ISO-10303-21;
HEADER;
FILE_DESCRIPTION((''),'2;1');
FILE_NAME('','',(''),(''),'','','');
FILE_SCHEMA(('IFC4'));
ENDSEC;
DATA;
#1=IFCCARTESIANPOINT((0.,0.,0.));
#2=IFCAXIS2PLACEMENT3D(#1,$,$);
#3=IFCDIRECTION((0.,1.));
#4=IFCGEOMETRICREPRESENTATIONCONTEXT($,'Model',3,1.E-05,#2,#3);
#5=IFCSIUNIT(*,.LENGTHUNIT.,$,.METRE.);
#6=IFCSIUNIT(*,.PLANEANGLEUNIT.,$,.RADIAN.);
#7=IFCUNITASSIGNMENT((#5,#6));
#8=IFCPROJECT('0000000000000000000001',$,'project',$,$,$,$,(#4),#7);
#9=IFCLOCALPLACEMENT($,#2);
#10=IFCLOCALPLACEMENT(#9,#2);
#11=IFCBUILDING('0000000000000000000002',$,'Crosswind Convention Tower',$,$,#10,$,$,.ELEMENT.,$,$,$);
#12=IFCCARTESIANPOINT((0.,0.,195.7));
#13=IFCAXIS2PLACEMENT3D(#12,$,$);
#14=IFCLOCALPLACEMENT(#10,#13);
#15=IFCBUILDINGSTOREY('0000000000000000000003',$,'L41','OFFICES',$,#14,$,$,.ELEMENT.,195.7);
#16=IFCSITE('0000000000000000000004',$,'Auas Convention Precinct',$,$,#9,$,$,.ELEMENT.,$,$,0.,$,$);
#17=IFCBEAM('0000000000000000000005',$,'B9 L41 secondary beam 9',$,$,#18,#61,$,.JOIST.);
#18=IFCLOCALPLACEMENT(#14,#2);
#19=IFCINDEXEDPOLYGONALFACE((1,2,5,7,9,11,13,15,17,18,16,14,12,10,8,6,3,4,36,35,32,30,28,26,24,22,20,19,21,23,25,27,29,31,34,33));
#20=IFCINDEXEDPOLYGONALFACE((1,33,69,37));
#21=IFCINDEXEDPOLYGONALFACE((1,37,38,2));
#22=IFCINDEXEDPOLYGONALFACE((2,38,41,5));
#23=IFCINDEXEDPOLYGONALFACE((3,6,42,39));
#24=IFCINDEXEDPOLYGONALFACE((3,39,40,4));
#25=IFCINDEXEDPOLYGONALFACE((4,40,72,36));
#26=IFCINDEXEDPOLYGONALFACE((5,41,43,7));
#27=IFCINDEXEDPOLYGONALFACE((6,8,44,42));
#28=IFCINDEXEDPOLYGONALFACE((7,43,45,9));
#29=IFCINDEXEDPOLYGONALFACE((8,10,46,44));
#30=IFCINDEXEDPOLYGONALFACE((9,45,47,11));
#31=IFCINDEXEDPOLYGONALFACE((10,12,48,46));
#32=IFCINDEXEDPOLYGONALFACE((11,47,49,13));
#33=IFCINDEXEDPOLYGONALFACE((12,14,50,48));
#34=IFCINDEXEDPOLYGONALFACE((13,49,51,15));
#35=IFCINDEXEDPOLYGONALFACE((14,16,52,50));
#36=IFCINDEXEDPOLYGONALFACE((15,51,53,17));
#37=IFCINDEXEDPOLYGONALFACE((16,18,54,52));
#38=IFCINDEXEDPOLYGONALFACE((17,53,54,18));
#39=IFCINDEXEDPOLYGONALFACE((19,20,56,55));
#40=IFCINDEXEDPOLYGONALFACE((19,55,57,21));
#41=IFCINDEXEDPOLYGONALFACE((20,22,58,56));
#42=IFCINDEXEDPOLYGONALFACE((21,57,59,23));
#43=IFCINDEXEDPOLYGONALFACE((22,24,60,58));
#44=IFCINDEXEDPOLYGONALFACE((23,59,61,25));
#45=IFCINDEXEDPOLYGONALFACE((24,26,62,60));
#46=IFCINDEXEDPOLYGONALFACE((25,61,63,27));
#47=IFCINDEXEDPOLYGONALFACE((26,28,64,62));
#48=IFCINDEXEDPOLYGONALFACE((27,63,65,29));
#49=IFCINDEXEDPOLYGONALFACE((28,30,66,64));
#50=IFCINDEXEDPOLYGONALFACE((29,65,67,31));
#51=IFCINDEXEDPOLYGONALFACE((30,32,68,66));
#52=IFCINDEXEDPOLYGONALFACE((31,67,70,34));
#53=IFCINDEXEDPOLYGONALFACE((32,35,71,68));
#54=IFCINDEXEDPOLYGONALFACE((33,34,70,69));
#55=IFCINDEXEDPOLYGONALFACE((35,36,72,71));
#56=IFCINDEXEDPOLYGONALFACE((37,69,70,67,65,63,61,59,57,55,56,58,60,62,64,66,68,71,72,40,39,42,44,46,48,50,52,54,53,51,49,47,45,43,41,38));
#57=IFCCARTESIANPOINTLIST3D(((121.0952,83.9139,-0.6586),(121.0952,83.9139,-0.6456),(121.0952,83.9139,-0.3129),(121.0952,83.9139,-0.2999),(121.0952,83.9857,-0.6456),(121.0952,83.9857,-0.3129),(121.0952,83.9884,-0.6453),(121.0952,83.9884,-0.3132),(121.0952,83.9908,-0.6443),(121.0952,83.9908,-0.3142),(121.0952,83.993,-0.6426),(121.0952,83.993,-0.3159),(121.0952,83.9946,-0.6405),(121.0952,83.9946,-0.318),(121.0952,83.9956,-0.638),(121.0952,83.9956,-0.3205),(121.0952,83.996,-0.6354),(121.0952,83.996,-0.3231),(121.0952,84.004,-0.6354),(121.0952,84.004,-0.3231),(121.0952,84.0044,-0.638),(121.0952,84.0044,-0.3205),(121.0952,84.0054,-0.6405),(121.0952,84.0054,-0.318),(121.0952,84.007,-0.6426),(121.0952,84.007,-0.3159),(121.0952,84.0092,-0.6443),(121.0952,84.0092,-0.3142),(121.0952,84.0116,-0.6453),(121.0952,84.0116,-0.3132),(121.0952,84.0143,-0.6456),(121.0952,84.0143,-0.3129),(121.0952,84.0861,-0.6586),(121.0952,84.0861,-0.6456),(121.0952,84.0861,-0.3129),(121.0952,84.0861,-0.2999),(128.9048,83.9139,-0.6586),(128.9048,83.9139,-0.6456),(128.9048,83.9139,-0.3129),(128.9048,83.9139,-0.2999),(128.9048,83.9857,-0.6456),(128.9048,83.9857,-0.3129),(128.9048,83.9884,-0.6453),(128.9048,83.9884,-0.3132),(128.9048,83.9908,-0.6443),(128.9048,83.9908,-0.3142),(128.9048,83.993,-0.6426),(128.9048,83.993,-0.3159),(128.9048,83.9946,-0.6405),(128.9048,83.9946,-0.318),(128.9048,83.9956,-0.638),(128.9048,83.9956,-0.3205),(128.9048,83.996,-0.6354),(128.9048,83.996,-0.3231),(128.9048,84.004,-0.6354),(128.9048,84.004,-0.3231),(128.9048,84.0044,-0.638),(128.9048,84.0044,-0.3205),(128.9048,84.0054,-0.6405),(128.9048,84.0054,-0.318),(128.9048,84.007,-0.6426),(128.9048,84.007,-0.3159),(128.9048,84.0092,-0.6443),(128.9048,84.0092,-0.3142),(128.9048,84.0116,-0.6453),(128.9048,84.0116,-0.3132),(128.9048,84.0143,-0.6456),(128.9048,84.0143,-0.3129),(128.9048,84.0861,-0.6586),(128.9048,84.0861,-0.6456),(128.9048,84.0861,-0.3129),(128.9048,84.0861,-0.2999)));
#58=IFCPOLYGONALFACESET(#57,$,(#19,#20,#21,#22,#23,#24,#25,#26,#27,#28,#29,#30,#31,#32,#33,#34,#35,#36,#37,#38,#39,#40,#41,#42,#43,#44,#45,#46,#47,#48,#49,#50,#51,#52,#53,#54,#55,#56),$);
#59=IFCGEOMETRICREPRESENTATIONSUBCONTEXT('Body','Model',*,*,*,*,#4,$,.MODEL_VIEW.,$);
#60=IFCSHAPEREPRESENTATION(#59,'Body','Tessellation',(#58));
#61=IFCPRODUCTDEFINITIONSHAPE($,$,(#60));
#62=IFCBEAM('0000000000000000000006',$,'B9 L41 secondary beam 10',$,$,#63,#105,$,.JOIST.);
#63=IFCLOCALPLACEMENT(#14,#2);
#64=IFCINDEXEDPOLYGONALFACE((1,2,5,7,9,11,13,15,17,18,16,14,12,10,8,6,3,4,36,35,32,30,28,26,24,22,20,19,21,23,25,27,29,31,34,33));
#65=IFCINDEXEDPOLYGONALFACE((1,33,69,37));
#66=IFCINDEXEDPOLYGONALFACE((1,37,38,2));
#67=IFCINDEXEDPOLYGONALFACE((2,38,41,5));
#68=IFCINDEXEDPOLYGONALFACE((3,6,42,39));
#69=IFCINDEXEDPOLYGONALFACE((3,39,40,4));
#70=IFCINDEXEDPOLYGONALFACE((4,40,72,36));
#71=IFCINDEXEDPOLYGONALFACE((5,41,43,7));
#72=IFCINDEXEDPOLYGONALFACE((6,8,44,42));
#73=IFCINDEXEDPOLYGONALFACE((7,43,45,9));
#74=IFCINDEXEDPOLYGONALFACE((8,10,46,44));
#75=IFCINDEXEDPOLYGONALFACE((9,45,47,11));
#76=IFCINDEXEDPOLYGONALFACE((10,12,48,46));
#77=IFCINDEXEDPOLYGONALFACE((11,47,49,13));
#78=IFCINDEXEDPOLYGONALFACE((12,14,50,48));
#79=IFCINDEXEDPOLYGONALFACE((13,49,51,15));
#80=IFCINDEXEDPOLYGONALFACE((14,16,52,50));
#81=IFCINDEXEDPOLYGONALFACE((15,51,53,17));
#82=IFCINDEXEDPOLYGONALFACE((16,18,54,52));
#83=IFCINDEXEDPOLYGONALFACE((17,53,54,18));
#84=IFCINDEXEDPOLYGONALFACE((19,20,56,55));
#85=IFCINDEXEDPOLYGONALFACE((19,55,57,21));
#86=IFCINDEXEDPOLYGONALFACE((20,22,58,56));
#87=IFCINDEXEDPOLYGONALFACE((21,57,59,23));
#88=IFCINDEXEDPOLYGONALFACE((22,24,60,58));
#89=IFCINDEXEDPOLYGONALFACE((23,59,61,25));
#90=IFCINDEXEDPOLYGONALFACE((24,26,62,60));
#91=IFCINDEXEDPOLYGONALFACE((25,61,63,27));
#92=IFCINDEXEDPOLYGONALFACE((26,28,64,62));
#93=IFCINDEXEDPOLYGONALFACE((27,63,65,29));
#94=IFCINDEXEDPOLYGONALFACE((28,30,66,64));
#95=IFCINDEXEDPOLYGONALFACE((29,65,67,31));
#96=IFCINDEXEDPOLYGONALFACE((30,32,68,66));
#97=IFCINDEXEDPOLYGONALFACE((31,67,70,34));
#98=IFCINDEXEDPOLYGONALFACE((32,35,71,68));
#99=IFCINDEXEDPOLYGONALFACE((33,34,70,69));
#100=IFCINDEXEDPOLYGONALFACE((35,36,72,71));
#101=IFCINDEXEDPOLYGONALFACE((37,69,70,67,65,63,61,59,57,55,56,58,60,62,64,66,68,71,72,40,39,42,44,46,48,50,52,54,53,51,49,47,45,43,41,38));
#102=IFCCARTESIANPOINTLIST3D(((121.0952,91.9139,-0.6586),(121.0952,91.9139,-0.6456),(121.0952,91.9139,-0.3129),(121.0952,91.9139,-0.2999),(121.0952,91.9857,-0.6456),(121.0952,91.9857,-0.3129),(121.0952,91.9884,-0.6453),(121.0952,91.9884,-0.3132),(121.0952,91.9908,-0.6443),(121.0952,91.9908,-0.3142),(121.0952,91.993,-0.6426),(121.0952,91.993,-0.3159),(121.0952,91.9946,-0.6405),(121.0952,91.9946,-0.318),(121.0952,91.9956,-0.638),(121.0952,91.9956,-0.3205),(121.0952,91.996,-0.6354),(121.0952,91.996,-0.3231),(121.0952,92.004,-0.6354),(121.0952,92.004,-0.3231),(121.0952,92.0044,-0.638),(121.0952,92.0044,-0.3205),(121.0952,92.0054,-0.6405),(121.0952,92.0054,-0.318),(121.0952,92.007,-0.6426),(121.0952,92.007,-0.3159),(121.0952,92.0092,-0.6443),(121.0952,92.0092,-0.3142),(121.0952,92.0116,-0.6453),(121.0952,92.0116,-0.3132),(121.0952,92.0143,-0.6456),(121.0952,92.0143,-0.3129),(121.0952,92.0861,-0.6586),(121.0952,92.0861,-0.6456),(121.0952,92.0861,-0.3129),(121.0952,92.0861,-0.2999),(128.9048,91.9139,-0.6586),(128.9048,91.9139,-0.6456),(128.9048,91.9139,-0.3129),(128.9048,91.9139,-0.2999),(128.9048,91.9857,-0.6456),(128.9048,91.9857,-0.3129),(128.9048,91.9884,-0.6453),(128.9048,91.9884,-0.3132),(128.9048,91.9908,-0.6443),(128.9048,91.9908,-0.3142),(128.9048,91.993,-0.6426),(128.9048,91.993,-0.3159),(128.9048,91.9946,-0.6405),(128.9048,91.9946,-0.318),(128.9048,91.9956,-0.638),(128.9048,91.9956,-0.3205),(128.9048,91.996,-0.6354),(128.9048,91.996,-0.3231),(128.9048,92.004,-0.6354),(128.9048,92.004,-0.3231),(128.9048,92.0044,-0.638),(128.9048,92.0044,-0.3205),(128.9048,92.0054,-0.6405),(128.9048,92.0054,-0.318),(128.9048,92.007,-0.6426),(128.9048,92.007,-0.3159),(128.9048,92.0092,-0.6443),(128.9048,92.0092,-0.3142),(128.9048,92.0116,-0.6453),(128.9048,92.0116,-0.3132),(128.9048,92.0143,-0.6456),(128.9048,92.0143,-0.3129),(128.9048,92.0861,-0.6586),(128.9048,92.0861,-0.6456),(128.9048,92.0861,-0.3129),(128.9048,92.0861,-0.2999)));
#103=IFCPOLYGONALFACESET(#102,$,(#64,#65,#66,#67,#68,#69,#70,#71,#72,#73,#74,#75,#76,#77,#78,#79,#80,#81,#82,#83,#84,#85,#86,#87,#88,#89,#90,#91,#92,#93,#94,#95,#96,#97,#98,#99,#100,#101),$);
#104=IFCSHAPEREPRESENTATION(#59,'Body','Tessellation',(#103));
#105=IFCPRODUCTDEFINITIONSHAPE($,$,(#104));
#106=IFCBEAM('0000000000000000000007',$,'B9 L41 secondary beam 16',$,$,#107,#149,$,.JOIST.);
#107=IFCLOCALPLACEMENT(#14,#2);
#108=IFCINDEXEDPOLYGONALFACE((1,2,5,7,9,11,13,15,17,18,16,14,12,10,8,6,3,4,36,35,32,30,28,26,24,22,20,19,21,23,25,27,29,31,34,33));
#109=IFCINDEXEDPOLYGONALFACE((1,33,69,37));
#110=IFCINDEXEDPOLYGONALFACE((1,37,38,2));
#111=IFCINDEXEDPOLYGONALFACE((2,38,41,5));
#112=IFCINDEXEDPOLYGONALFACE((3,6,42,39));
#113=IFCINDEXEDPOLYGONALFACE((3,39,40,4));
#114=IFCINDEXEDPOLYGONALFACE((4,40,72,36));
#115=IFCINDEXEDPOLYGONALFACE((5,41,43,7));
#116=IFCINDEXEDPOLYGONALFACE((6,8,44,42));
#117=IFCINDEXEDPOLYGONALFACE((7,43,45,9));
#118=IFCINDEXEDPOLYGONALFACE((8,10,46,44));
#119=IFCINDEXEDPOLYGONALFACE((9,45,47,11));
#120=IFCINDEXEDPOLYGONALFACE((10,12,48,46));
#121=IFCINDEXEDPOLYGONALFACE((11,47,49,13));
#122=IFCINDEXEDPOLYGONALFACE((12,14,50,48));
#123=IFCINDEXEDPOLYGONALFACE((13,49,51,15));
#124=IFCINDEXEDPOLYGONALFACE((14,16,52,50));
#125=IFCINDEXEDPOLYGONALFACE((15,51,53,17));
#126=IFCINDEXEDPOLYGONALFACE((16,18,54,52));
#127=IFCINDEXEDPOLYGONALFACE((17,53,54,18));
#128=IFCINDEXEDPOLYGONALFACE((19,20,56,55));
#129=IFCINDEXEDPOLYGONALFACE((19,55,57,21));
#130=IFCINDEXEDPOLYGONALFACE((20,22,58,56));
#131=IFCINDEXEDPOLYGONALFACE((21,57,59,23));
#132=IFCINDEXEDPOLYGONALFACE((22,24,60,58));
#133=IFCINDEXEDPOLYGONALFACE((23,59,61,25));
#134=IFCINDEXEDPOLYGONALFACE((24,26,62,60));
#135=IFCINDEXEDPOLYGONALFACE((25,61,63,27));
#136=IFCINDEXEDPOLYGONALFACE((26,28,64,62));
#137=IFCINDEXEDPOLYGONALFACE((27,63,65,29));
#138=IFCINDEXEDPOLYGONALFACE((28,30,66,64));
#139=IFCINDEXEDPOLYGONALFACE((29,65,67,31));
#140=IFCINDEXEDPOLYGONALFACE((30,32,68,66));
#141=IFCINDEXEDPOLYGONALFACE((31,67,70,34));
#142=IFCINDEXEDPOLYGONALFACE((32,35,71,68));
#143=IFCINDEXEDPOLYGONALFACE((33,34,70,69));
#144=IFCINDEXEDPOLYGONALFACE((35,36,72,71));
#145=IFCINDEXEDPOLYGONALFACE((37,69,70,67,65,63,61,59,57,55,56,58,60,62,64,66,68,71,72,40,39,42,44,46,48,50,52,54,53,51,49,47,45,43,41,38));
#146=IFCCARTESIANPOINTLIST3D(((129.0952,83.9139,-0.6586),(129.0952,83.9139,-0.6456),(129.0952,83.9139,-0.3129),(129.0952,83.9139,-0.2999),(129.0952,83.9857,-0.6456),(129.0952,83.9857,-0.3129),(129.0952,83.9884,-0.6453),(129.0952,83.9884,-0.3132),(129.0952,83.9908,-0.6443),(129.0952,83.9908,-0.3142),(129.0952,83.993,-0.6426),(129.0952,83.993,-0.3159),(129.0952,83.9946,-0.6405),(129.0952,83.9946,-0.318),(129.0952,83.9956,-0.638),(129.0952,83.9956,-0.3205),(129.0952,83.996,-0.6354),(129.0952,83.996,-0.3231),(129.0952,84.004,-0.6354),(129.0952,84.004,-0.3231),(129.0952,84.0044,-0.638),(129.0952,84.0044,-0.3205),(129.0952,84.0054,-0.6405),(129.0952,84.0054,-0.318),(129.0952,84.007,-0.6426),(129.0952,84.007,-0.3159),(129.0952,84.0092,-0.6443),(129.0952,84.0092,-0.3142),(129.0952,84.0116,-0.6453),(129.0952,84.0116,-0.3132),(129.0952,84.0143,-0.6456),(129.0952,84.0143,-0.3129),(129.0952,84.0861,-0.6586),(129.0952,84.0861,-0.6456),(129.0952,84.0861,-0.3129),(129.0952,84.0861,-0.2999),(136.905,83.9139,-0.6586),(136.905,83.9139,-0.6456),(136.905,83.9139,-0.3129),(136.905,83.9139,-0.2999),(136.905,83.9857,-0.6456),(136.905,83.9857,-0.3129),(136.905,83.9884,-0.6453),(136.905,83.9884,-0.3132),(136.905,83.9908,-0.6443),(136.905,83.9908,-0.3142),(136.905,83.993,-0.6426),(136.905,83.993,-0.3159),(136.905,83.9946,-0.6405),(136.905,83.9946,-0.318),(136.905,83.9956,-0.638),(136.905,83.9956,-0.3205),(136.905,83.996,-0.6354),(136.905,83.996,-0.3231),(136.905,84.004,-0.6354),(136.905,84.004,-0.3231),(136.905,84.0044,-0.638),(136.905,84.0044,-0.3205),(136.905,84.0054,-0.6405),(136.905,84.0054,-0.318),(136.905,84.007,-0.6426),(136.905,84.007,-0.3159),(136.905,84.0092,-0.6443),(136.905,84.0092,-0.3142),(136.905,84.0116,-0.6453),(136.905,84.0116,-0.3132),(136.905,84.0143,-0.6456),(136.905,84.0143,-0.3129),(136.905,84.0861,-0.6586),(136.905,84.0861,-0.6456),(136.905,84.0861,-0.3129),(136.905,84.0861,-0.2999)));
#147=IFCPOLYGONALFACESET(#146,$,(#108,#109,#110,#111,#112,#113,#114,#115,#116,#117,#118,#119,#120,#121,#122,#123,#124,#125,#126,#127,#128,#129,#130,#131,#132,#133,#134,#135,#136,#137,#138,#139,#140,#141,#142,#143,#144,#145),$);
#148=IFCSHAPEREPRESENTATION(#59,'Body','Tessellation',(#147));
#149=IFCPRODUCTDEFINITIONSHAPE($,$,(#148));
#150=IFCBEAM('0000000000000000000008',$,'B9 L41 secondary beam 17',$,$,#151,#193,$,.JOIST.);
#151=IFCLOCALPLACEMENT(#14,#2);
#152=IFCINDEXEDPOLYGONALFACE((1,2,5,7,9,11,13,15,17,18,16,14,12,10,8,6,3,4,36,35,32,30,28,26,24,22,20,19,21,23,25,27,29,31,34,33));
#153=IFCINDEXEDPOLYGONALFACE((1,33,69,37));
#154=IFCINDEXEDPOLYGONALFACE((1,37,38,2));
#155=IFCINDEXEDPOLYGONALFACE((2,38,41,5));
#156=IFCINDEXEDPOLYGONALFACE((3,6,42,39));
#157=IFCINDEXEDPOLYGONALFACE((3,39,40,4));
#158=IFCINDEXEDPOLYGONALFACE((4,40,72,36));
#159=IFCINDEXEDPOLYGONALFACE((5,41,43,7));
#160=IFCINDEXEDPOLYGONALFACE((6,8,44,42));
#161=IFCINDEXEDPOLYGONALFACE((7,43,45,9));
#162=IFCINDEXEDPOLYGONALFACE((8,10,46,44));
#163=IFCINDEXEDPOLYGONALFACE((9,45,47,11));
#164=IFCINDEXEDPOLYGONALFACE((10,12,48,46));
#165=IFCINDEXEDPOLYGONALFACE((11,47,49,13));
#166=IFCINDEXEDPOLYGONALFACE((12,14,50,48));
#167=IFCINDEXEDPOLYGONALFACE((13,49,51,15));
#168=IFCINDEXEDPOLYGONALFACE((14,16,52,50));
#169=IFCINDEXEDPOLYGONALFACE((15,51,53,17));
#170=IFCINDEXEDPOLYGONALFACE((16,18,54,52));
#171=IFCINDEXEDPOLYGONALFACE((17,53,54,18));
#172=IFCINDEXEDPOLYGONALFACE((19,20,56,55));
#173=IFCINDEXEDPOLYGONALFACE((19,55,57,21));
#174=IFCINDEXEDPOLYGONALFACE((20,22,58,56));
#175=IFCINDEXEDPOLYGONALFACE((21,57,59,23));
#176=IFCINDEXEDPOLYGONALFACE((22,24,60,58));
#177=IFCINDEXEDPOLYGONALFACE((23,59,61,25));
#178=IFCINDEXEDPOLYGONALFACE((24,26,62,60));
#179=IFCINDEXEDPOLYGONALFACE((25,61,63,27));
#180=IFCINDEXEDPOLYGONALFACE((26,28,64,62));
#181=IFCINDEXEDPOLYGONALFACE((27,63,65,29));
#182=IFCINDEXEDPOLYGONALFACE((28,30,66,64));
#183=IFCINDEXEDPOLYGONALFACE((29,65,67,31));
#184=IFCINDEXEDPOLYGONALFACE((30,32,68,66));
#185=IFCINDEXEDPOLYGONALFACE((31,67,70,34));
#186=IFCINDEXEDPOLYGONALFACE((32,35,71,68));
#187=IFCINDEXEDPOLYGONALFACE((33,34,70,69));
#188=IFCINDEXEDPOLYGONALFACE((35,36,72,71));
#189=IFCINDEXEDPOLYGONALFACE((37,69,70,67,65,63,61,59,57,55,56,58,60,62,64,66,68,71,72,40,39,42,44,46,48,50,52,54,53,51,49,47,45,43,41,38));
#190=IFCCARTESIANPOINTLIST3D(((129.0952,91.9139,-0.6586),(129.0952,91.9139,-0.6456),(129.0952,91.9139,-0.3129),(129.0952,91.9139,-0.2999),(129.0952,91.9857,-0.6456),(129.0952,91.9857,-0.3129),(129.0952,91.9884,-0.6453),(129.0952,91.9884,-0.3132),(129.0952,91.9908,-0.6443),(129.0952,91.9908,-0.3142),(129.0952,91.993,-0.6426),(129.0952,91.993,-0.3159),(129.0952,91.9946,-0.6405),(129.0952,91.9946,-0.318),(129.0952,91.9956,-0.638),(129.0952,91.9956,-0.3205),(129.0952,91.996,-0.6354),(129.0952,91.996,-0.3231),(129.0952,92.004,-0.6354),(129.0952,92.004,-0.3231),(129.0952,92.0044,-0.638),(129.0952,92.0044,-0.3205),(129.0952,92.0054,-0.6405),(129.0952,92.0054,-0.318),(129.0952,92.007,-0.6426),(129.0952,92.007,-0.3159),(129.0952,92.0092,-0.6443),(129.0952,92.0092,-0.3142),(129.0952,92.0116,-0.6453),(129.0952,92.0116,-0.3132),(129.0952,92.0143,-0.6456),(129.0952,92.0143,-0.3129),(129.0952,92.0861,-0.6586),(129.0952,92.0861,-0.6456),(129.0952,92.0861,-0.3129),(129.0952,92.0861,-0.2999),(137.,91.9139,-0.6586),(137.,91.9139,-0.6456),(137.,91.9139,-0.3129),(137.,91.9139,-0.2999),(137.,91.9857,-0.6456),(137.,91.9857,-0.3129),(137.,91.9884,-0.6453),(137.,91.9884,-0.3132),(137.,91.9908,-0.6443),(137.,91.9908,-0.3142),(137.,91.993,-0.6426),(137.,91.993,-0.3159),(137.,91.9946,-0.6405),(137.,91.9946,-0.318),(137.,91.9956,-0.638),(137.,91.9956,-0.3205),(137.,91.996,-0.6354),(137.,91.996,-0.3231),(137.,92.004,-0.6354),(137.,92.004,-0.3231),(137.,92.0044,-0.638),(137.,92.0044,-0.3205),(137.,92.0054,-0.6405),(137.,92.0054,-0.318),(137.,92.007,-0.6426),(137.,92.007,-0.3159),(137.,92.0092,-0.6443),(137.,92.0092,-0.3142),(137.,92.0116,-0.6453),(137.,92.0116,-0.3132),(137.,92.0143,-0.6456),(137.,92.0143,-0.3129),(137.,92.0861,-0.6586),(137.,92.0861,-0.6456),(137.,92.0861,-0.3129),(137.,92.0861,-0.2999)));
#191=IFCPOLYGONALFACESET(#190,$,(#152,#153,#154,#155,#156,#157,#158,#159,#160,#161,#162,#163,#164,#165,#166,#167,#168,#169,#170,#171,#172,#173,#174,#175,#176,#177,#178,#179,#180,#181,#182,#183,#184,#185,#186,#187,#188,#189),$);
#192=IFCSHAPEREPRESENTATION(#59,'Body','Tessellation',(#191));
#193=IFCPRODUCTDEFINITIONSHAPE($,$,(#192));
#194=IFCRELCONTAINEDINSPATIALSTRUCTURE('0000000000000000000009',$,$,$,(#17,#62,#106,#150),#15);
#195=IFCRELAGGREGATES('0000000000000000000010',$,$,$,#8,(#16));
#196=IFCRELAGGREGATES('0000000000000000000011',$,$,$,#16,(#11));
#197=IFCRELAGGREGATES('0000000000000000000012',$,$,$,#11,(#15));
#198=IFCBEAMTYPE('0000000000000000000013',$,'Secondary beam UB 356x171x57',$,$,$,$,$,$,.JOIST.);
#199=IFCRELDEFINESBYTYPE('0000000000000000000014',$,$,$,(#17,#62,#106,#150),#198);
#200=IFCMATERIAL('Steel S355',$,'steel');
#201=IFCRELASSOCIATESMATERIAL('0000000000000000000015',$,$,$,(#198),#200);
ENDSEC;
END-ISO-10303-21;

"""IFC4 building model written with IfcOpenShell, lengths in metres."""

from ifc_helpers import new_model, si_unit, direction, frame, origin, origin_2d, place, context, subcontext, project, spatial, i_section, extrude, material, material_profile, profile_set, type_object, element, save


model = new_model("IFC4")

# Units and contexts
model_context = context("Model", 3, precision=1e-05, world=origin(), true_north=direction((0.0, 1.0)))
body_context = subcontext(model_context, "Body", "Model", "MODEL_VIEW")
ifc_project = project(units=[si_unit("LENGTHUNIT", "METRE"), si_unit("PLANEANGLEUNIT", "RADIAN")], contexts=[model_context])

# Site, building, storey
site_placement = place(None, origin())
site = spatial("IfcSite", under=ifc_project, at=site_placement, Name="Auas Convention Precinct", CompositionType="ELEMENT", RefElevation=0.0)
building_placement = place(site_placement, origin())
building = spatial("IfcBuilding", under=site, at=building_placement, Name="Crosswind Convention Tower", CompositionType="ELEMENT")
storey_placement = place(building_placement, frame((0.0, 0.0, 195.7)))
storey = spatial("IfcBuildingStorey", under=building, at=storey_placement, Name="L41", Description="OFFICES", CompositionType="ELEMENT", Elevation=195.7)

# Beams
ifc_material_1 = material(Name="Steel S355", Category="steel")
ifc_material_profile_1 = material_profile(ifc_material_1, i_section(OverallWidth=0.1721, OverallDepth=0.3586, WebThickness=0.0081, FlangeThickness=0.0129, FilletRadius=0.0103, at=origin_2d()), Name="UB 356x171x57")
ifc_profile_set_1 = profile_set([ifc_material_profile_1], Name="Steel S355")
beam_type_1 = type_object("IfcBeamType", Name="Secondary beam UB 356x171x57", PredefinedType="JOIST", material=ifc_profile_set_1)
for number, where, z_axis, x_axis, name in (
    (1, (121.0952, 84.0, -0.4792), (1.0, 0.0, 0.0), (0.0, 1.0, 0.0), "B9 L41 secondary beam 9"),
    (2, (121.0952, 92.0, -0.4792), (1.0, 0.0, 0.0), (0.0, 1.0, 0.0), "B9 L41 secondary beam 10"),
):
    element("IfcBeam", number, at=place(storey_placement, frame(where, z_axis=z_axis, x_axis=x_axis)), inside=storey, type_object=beam_type_1, Name=name, PredefinedType="JOIST", context=body_context, shape_type="SweptSolid", body=[
        extrude(i_section(OverallWidth=0.1721, OverallDepth=0.3586, WebThickness=0.0081, FlangeThickness=0.0129, FilletRadius=0.0103, at=origin_2d()), origin(), (0.0, 0.0, 1.0), 7.8096),
    ])
beam_1_placement = place(storey_placement, frame((129.0952, 84.0, -0.4792), z_axis=(1.0, 0.0, 0.0), x_axis=(0.0, 1.0, 0.0)))
element("IfcBeam", 3, at=beam_1_placement, inside=storey, type_object=beam_type_1, Name="B9 L41 secondary beam 16", PredefinedType="JOIST", context=body_context, shape_type="SweptSolid", body=[
    extrude(i_section(OverallWidth=0.1721, OverallDepth=0.3586, WebThickness=0.0081, FlangeThickness=0.0129, FilletRadius=0.0103, at=origin_2d()), origin(), (0.0, 0.0, 1.0), 7.8098),
])
beam_2_placement = place(storey_placement, frame((129.0952, 92.0, -0.4792), z_axis=(1.0, 0.0, 0.0), x_axis=(0.0, 1.0, 0.0)))
element("IfcBeam", 4, at=beam_2_placement, inside=storey, type_object=beam_type_1, Name="B9 L41 secondary beam 17", PredefinedType="JOIST", context=body_context, shape_type="SweptSolid", body=[
    extrude(i_section(OverallWidth=0.1721, OverallDepth=0.3586, WebThickness=0.0081, FlangeThickness=0.0129, FilletRadius=0.0103, at=origin_2d()), origin(), (0.0, 0.0, 1.0), 7.9048),
])

save(model, "model.ifc")
